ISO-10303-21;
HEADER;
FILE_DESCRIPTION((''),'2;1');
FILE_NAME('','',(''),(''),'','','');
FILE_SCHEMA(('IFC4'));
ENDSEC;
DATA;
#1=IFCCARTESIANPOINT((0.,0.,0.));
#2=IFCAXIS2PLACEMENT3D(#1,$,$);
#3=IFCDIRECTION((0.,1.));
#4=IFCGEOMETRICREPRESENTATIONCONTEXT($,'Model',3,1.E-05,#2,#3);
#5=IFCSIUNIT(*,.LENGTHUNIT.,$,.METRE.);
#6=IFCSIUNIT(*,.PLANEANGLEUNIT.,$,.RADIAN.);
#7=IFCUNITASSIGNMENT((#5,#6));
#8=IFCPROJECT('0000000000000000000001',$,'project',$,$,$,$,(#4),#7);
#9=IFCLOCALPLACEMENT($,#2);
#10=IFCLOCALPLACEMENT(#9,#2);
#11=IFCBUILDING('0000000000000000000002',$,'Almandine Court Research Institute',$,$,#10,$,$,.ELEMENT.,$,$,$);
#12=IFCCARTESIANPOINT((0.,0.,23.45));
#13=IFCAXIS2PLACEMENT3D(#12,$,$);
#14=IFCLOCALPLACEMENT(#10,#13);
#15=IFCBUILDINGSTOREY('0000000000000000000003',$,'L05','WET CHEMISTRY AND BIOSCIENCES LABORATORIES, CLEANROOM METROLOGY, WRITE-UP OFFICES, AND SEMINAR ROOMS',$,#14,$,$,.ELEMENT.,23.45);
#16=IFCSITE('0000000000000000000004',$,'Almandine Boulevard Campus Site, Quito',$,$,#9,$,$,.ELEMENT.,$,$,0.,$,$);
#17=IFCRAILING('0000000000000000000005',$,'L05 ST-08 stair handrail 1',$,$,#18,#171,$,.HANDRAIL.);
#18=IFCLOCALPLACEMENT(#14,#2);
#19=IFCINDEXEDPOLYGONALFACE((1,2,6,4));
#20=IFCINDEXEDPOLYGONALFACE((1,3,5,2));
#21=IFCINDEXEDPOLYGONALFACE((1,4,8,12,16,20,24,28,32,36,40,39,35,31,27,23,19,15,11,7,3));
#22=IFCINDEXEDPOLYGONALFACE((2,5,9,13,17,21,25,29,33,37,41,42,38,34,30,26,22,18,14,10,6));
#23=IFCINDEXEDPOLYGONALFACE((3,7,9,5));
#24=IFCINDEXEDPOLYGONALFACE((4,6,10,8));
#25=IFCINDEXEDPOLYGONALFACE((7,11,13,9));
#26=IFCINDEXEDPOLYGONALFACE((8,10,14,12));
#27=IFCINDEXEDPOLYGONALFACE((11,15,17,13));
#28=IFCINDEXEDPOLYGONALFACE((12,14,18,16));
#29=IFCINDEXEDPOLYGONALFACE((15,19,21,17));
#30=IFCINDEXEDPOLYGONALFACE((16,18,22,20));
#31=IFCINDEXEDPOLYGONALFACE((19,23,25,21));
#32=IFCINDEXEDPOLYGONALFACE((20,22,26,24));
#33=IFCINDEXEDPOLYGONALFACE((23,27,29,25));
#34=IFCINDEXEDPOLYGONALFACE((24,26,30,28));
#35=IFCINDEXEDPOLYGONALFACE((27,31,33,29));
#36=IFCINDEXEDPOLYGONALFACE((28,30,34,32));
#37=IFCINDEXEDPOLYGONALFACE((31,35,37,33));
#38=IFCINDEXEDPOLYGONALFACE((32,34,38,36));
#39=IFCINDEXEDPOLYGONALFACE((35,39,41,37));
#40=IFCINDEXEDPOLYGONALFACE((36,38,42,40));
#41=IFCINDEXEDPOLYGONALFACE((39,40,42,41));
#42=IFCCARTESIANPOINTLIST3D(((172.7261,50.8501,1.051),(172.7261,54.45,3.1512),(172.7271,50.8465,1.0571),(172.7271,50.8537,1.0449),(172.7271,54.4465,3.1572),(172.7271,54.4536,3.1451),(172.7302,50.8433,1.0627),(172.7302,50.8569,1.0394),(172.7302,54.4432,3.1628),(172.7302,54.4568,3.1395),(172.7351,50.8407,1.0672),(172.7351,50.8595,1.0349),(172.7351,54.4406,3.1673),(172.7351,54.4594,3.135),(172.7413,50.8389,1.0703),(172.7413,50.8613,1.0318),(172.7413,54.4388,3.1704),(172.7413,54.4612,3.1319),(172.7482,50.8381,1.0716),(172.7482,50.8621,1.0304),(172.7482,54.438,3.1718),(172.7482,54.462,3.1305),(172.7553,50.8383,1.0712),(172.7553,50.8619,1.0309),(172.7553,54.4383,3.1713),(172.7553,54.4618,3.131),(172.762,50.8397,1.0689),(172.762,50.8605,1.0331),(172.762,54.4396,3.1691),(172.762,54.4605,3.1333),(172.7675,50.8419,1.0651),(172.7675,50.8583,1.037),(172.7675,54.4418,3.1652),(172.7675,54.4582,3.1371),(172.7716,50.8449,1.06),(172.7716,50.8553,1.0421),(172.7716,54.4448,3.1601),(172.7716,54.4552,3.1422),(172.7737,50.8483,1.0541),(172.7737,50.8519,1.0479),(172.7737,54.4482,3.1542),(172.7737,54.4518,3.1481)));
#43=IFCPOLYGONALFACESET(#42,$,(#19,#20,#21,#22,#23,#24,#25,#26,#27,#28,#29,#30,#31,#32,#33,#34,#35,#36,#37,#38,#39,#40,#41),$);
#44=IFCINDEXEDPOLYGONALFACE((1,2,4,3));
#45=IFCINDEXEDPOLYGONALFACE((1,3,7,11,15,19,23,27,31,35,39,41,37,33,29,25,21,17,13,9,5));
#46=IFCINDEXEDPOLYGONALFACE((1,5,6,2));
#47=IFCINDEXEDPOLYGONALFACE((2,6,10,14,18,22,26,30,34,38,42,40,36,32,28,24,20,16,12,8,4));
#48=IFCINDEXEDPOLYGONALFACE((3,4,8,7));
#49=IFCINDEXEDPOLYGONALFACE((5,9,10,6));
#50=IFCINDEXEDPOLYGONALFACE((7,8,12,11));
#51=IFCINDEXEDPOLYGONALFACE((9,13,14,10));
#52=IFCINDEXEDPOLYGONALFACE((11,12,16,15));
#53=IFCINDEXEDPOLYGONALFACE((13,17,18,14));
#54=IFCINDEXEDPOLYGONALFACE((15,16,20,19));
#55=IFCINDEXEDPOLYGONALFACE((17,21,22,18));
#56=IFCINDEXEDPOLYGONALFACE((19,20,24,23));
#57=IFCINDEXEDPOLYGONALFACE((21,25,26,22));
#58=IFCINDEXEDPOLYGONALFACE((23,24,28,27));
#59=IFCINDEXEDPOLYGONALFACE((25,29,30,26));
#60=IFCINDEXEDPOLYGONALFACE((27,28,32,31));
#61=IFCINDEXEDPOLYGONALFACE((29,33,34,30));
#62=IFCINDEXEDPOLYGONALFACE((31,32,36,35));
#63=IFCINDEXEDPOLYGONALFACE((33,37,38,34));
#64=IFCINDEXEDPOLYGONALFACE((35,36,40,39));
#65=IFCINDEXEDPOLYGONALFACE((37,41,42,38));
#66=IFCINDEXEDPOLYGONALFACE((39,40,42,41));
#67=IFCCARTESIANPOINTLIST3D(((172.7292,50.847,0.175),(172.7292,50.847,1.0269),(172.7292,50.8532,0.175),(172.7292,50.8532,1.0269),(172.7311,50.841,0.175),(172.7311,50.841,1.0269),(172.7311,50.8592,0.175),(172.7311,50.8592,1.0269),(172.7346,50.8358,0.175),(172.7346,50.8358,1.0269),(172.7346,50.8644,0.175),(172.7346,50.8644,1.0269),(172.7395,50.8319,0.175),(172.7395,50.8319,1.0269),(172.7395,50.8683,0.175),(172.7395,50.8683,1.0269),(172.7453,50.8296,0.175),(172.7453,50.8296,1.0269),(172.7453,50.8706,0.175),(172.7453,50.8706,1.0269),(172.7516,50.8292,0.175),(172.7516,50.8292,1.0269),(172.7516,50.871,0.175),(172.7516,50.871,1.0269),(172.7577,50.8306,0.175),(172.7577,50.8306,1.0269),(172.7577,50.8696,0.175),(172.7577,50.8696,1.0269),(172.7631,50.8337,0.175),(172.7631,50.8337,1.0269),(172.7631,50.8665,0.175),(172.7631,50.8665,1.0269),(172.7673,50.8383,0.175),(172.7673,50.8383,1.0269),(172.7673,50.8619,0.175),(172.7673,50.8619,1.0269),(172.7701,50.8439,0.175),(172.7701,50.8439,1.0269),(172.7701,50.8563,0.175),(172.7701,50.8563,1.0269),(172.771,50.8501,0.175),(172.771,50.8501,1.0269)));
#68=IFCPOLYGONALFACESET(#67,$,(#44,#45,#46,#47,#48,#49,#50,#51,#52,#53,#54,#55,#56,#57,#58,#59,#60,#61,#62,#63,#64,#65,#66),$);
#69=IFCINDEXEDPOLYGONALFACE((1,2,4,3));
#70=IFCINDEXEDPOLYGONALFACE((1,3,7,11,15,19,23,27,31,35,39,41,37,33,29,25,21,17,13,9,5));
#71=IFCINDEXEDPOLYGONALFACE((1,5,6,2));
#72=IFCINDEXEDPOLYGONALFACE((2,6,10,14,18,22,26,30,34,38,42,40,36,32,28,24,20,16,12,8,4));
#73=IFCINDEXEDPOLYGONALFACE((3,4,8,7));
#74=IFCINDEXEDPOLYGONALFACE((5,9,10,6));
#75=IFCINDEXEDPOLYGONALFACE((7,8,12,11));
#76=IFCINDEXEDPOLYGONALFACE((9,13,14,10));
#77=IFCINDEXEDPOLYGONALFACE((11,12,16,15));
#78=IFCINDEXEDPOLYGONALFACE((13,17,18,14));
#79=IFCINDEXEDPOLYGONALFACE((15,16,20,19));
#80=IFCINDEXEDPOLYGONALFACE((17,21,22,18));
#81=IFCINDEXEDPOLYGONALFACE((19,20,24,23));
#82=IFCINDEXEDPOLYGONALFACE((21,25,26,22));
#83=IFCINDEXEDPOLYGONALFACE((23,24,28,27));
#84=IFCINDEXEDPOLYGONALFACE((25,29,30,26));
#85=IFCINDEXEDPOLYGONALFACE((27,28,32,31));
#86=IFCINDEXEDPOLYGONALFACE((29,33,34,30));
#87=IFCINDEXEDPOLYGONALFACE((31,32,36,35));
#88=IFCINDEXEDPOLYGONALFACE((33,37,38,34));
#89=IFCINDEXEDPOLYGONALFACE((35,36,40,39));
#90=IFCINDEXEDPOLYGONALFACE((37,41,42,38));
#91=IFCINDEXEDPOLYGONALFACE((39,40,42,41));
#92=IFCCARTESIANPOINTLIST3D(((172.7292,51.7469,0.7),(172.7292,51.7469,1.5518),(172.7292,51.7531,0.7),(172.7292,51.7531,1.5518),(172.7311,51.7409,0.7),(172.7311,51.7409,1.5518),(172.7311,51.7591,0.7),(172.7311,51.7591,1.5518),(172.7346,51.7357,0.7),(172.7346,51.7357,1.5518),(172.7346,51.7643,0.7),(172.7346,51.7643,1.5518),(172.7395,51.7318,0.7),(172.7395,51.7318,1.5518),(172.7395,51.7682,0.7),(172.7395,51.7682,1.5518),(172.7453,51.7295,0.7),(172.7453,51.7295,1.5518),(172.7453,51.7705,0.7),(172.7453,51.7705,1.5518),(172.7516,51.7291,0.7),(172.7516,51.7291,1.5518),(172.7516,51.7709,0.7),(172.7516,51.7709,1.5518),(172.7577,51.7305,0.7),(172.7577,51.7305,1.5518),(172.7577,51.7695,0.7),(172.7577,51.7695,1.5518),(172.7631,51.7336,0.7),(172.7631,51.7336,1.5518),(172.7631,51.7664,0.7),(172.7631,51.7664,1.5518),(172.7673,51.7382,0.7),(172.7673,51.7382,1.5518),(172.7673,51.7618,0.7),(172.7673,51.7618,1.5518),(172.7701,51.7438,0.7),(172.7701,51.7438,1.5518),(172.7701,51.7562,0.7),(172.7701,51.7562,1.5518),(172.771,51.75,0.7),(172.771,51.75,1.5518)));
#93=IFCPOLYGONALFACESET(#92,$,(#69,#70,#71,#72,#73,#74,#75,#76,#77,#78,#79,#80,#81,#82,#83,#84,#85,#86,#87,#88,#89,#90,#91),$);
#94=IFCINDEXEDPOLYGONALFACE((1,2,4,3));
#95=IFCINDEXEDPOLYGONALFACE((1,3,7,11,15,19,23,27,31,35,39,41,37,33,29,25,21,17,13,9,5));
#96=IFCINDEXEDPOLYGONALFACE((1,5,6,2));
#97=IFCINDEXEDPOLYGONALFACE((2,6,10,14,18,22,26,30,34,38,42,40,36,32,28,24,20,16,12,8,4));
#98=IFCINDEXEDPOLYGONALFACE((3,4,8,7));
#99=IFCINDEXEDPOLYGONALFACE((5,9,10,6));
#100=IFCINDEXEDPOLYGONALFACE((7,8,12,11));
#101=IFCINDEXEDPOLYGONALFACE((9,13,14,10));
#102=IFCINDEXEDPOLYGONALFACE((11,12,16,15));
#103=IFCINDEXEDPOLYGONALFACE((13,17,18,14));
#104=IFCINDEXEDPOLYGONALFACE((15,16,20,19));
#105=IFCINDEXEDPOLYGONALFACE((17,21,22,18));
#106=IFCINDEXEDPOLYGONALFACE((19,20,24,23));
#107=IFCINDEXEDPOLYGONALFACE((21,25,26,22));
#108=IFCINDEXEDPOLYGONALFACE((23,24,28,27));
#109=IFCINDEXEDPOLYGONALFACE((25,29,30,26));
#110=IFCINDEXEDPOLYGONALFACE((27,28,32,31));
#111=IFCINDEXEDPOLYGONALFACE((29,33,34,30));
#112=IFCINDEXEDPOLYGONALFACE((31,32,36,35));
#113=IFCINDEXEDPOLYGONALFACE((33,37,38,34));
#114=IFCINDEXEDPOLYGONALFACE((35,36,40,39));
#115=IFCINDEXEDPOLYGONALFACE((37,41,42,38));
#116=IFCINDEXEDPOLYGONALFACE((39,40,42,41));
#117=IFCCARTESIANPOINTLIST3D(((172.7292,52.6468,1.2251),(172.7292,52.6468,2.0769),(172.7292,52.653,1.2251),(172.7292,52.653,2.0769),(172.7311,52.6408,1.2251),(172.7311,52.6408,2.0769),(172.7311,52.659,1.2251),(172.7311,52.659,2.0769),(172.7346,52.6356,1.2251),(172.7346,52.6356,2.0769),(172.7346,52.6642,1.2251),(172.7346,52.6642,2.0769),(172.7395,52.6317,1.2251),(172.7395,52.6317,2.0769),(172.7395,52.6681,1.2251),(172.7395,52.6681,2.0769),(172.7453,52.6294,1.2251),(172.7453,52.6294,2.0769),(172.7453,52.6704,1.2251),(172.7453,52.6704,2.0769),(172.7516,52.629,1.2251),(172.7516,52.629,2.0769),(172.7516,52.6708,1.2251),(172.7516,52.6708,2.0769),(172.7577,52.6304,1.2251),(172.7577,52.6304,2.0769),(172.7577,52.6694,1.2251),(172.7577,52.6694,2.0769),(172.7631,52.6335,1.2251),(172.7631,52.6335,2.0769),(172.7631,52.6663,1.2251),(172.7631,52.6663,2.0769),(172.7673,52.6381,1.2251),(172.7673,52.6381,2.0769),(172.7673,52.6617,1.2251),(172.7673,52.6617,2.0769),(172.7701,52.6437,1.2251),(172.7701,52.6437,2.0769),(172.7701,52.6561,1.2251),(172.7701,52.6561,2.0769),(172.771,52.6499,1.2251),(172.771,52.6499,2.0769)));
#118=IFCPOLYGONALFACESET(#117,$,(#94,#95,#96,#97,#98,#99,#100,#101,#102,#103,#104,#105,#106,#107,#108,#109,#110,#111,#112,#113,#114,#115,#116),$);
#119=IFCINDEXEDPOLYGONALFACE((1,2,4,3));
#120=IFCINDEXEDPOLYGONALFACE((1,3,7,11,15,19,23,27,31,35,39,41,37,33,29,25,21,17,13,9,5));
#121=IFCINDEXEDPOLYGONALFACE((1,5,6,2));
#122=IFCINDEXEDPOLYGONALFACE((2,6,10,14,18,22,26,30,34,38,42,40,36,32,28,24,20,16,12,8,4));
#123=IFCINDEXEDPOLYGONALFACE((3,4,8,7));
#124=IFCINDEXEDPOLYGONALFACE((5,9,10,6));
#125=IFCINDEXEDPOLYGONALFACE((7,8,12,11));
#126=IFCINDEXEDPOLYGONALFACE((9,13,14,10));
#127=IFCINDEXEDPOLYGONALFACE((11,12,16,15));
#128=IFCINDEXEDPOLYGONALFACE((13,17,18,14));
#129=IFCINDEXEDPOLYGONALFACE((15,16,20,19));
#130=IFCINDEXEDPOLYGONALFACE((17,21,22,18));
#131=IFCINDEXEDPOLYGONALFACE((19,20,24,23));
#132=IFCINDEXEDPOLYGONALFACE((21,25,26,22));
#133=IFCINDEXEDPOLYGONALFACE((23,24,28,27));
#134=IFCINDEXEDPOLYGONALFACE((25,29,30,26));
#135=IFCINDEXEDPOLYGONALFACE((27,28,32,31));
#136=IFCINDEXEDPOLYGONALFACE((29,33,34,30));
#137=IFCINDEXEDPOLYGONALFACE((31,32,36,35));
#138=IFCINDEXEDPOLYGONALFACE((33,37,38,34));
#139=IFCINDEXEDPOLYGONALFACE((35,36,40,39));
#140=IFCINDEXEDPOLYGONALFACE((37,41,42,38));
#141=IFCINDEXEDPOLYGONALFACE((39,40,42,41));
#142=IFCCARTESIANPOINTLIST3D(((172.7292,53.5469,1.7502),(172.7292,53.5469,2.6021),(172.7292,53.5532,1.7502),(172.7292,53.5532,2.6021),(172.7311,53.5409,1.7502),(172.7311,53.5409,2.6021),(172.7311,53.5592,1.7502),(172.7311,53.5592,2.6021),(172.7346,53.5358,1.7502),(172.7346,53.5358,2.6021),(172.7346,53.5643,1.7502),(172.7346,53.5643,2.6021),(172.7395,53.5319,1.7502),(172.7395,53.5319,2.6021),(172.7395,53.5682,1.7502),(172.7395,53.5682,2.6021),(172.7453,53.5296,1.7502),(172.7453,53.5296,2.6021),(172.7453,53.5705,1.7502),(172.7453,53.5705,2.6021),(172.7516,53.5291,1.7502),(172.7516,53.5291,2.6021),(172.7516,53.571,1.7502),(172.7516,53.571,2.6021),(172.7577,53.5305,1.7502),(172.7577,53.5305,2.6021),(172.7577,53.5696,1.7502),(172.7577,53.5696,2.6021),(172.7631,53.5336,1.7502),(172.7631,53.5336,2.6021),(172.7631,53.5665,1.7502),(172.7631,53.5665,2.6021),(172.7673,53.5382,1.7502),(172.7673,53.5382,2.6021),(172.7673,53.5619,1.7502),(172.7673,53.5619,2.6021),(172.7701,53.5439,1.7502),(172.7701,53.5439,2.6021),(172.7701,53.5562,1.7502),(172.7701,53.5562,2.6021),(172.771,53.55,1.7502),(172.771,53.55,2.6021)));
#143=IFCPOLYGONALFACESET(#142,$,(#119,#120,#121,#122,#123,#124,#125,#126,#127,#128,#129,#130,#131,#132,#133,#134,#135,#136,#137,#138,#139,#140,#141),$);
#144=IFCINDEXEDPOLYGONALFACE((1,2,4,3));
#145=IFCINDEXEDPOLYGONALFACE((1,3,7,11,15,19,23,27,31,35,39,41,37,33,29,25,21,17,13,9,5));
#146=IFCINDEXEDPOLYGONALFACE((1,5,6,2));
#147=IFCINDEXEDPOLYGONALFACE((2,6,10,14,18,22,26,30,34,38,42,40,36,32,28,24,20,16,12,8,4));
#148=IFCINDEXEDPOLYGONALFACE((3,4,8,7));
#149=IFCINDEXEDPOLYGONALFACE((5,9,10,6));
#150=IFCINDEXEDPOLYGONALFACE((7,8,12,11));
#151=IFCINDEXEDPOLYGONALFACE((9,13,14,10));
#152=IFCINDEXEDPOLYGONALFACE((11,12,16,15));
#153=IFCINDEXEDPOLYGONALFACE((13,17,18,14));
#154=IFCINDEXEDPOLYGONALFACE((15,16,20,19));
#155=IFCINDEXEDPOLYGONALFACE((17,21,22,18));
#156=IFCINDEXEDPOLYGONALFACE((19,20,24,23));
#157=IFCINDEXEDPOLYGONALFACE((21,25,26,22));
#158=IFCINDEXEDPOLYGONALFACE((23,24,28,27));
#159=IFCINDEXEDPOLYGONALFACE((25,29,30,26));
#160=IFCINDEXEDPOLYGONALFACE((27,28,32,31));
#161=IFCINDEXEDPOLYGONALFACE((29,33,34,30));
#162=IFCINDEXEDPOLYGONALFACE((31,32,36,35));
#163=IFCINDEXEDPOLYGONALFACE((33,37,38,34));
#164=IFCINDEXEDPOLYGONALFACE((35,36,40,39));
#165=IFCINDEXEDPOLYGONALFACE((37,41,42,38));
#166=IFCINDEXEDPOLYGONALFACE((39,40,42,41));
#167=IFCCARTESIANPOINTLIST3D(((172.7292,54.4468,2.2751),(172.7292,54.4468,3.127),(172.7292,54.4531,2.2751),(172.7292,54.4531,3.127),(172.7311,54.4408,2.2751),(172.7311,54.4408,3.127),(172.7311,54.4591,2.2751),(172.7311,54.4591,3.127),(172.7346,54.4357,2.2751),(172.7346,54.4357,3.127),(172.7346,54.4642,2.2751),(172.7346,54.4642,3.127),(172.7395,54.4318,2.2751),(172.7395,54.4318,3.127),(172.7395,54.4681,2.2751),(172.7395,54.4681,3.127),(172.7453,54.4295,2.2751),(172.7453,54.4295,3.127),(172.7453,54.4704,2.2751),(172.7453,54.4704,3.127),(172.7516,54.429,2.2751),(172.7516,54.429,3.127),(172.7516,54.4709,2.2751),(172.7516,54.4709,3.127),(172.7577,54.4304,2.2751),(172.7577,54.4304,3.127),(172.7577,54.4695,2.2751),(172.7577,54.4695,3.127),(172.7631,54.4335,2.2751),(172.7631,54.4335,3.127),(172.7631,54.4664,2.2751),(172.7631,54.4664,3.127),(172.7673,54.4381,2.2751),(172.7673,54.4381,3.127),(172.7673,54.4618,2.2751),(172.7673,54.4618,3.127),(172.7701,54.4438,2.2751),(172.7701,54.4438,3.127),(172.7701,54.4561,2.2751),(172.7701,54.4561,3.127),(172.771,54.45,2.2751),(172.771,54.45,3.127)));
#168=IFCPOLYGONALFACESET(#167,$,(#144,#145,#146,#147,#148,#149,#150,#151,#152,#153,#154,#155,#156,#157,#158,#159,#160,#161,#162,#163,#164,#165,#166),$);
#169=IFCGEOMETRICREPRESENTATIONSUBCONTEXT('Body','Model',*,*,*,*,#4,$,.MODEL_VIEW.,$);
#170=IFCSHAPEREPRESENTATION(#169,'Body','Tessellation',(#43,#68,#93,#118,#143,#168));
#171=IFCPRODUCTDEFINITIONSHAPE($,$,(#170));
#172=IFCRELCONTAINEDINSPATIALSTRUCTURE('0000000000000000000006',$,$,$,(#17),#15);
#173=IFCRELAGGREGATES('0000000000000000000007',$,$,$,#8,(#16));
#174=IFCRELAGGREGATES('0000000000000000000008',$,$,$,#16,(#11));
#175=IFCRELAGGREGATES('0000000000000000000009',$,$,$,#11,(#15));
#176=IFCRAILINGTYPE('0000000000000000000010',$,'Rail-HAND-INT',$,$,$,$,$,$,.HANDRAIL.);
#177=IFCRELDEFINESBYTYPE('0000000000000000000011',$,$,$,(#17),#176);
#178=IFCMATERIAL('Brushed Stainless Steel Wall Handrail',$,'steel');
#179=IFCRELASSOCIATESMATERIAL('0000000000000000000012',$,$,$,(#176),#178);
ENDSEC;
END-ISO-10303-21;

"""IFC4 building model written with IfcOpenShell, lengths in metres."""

from ifc_helpers import new_model, si_unit, direction, frame, origin, origin_2d, place, context, subcontext, project, spatial, circle, extrude, material, type_object, element, save


model = new_model("IFC4")

# Units and contexts
model_context = context("Model", 3, precision=1e-05, world=origin(), true_north=direction((0.0, 1.0)))
body_context = subcontext(model_context, "Body", "Model", "MODEL_VIEW")
ifc_project = project(units=[si_unit("LENGTHUNIT", "METRE"), si_unit("PLANEANGLEUNIT", "RADIAN")], contexts=[model_context])

# Site, building, storey
site_placement = place(None, origin())
site = spatial("IfcSite", under=ifc_project, at=site_placement, Name="Almandine Boulevard Campus Site, Quito", CompositionType="ELEMENT", RefElevation=0.0)
building_placement = place(site_placement, origin())
building = spatial("IfcBuilding", under=site, at=building_placement, Name="Almandine Court Research Institute", CompositionType="ELEMENT")
storey_placement = place(building_placement, frame((0.0, 0.0, 23.45)))
storey = spatial("IfcBuildingStorey", under=building, at=storey_placement, Name="L05", Description="WET CHEMISTRY AND BIOSCIENCES LABORATORIES, CLEANROOM METROLOGY, WRITE-UP OFFICES, AND SEMINAR ROOMS", CompositionType="ELEMENT", Elevation=23.45)

# Railing
ifc_material_1 = material(Name="Brushed Stainless Steel Wall Handrail", Category="steel")
railing_type_1 = type_object("IfcRailingType", Name="Rail-HAND-INT", PredefinedType="HANDRAIL", material=ifc_material_1)
railing_1_placement = place(storey_placement, frame((172.75, 50.8501, 0.175)))
element("IfcRailing", 1, at=railing_1_placement, inside=storey, type_object=railing_type_1, Name="L05 ST-08 stair handrail 1", PredefinedType="HANDRAIL", context=body_context, shape_type="SweptSolid", body=[
    extrude(circle(Radius=0.0239, at=origin_2d()), frame((0.0, 0.0, 0.876), z_axis=(0.0, 0.86376, 0.503904), x_axis=(-1.0, 0.0, 0.0)), (0.0, 0.0, 1.0), 4.1677),
    extrude(circle(Radius=0.021, at=origin_2d()), origin(), (0.0, 0.0, 1.0), 0.8518),
    extrude(circle(Radius=0.021, at=origin_2d()), frame((0.0, 0.8999, 0.5249)), (0.0, 0.0, 1.0), 0.8518),
    extrude(circle(Radius=0.021, at=origin_2d()), frame((0.0, 1.7998, 1.05)), (0.0, 0.0, 1.0), 0.8518),
    extrude(circle(Radius=0.021, at=origin_2d()), frame((0.0, 2.7, 1.5752)), (0.0, 0.0, 1.0), 0.8518),
    extrude(circle(Radius=0.021, at=origin_2d()), frame((0.0, 3.5999, 2.1001)), (0.0, 0.0, 1.0), 0.8518),
])

save(model, "model.ifc")
